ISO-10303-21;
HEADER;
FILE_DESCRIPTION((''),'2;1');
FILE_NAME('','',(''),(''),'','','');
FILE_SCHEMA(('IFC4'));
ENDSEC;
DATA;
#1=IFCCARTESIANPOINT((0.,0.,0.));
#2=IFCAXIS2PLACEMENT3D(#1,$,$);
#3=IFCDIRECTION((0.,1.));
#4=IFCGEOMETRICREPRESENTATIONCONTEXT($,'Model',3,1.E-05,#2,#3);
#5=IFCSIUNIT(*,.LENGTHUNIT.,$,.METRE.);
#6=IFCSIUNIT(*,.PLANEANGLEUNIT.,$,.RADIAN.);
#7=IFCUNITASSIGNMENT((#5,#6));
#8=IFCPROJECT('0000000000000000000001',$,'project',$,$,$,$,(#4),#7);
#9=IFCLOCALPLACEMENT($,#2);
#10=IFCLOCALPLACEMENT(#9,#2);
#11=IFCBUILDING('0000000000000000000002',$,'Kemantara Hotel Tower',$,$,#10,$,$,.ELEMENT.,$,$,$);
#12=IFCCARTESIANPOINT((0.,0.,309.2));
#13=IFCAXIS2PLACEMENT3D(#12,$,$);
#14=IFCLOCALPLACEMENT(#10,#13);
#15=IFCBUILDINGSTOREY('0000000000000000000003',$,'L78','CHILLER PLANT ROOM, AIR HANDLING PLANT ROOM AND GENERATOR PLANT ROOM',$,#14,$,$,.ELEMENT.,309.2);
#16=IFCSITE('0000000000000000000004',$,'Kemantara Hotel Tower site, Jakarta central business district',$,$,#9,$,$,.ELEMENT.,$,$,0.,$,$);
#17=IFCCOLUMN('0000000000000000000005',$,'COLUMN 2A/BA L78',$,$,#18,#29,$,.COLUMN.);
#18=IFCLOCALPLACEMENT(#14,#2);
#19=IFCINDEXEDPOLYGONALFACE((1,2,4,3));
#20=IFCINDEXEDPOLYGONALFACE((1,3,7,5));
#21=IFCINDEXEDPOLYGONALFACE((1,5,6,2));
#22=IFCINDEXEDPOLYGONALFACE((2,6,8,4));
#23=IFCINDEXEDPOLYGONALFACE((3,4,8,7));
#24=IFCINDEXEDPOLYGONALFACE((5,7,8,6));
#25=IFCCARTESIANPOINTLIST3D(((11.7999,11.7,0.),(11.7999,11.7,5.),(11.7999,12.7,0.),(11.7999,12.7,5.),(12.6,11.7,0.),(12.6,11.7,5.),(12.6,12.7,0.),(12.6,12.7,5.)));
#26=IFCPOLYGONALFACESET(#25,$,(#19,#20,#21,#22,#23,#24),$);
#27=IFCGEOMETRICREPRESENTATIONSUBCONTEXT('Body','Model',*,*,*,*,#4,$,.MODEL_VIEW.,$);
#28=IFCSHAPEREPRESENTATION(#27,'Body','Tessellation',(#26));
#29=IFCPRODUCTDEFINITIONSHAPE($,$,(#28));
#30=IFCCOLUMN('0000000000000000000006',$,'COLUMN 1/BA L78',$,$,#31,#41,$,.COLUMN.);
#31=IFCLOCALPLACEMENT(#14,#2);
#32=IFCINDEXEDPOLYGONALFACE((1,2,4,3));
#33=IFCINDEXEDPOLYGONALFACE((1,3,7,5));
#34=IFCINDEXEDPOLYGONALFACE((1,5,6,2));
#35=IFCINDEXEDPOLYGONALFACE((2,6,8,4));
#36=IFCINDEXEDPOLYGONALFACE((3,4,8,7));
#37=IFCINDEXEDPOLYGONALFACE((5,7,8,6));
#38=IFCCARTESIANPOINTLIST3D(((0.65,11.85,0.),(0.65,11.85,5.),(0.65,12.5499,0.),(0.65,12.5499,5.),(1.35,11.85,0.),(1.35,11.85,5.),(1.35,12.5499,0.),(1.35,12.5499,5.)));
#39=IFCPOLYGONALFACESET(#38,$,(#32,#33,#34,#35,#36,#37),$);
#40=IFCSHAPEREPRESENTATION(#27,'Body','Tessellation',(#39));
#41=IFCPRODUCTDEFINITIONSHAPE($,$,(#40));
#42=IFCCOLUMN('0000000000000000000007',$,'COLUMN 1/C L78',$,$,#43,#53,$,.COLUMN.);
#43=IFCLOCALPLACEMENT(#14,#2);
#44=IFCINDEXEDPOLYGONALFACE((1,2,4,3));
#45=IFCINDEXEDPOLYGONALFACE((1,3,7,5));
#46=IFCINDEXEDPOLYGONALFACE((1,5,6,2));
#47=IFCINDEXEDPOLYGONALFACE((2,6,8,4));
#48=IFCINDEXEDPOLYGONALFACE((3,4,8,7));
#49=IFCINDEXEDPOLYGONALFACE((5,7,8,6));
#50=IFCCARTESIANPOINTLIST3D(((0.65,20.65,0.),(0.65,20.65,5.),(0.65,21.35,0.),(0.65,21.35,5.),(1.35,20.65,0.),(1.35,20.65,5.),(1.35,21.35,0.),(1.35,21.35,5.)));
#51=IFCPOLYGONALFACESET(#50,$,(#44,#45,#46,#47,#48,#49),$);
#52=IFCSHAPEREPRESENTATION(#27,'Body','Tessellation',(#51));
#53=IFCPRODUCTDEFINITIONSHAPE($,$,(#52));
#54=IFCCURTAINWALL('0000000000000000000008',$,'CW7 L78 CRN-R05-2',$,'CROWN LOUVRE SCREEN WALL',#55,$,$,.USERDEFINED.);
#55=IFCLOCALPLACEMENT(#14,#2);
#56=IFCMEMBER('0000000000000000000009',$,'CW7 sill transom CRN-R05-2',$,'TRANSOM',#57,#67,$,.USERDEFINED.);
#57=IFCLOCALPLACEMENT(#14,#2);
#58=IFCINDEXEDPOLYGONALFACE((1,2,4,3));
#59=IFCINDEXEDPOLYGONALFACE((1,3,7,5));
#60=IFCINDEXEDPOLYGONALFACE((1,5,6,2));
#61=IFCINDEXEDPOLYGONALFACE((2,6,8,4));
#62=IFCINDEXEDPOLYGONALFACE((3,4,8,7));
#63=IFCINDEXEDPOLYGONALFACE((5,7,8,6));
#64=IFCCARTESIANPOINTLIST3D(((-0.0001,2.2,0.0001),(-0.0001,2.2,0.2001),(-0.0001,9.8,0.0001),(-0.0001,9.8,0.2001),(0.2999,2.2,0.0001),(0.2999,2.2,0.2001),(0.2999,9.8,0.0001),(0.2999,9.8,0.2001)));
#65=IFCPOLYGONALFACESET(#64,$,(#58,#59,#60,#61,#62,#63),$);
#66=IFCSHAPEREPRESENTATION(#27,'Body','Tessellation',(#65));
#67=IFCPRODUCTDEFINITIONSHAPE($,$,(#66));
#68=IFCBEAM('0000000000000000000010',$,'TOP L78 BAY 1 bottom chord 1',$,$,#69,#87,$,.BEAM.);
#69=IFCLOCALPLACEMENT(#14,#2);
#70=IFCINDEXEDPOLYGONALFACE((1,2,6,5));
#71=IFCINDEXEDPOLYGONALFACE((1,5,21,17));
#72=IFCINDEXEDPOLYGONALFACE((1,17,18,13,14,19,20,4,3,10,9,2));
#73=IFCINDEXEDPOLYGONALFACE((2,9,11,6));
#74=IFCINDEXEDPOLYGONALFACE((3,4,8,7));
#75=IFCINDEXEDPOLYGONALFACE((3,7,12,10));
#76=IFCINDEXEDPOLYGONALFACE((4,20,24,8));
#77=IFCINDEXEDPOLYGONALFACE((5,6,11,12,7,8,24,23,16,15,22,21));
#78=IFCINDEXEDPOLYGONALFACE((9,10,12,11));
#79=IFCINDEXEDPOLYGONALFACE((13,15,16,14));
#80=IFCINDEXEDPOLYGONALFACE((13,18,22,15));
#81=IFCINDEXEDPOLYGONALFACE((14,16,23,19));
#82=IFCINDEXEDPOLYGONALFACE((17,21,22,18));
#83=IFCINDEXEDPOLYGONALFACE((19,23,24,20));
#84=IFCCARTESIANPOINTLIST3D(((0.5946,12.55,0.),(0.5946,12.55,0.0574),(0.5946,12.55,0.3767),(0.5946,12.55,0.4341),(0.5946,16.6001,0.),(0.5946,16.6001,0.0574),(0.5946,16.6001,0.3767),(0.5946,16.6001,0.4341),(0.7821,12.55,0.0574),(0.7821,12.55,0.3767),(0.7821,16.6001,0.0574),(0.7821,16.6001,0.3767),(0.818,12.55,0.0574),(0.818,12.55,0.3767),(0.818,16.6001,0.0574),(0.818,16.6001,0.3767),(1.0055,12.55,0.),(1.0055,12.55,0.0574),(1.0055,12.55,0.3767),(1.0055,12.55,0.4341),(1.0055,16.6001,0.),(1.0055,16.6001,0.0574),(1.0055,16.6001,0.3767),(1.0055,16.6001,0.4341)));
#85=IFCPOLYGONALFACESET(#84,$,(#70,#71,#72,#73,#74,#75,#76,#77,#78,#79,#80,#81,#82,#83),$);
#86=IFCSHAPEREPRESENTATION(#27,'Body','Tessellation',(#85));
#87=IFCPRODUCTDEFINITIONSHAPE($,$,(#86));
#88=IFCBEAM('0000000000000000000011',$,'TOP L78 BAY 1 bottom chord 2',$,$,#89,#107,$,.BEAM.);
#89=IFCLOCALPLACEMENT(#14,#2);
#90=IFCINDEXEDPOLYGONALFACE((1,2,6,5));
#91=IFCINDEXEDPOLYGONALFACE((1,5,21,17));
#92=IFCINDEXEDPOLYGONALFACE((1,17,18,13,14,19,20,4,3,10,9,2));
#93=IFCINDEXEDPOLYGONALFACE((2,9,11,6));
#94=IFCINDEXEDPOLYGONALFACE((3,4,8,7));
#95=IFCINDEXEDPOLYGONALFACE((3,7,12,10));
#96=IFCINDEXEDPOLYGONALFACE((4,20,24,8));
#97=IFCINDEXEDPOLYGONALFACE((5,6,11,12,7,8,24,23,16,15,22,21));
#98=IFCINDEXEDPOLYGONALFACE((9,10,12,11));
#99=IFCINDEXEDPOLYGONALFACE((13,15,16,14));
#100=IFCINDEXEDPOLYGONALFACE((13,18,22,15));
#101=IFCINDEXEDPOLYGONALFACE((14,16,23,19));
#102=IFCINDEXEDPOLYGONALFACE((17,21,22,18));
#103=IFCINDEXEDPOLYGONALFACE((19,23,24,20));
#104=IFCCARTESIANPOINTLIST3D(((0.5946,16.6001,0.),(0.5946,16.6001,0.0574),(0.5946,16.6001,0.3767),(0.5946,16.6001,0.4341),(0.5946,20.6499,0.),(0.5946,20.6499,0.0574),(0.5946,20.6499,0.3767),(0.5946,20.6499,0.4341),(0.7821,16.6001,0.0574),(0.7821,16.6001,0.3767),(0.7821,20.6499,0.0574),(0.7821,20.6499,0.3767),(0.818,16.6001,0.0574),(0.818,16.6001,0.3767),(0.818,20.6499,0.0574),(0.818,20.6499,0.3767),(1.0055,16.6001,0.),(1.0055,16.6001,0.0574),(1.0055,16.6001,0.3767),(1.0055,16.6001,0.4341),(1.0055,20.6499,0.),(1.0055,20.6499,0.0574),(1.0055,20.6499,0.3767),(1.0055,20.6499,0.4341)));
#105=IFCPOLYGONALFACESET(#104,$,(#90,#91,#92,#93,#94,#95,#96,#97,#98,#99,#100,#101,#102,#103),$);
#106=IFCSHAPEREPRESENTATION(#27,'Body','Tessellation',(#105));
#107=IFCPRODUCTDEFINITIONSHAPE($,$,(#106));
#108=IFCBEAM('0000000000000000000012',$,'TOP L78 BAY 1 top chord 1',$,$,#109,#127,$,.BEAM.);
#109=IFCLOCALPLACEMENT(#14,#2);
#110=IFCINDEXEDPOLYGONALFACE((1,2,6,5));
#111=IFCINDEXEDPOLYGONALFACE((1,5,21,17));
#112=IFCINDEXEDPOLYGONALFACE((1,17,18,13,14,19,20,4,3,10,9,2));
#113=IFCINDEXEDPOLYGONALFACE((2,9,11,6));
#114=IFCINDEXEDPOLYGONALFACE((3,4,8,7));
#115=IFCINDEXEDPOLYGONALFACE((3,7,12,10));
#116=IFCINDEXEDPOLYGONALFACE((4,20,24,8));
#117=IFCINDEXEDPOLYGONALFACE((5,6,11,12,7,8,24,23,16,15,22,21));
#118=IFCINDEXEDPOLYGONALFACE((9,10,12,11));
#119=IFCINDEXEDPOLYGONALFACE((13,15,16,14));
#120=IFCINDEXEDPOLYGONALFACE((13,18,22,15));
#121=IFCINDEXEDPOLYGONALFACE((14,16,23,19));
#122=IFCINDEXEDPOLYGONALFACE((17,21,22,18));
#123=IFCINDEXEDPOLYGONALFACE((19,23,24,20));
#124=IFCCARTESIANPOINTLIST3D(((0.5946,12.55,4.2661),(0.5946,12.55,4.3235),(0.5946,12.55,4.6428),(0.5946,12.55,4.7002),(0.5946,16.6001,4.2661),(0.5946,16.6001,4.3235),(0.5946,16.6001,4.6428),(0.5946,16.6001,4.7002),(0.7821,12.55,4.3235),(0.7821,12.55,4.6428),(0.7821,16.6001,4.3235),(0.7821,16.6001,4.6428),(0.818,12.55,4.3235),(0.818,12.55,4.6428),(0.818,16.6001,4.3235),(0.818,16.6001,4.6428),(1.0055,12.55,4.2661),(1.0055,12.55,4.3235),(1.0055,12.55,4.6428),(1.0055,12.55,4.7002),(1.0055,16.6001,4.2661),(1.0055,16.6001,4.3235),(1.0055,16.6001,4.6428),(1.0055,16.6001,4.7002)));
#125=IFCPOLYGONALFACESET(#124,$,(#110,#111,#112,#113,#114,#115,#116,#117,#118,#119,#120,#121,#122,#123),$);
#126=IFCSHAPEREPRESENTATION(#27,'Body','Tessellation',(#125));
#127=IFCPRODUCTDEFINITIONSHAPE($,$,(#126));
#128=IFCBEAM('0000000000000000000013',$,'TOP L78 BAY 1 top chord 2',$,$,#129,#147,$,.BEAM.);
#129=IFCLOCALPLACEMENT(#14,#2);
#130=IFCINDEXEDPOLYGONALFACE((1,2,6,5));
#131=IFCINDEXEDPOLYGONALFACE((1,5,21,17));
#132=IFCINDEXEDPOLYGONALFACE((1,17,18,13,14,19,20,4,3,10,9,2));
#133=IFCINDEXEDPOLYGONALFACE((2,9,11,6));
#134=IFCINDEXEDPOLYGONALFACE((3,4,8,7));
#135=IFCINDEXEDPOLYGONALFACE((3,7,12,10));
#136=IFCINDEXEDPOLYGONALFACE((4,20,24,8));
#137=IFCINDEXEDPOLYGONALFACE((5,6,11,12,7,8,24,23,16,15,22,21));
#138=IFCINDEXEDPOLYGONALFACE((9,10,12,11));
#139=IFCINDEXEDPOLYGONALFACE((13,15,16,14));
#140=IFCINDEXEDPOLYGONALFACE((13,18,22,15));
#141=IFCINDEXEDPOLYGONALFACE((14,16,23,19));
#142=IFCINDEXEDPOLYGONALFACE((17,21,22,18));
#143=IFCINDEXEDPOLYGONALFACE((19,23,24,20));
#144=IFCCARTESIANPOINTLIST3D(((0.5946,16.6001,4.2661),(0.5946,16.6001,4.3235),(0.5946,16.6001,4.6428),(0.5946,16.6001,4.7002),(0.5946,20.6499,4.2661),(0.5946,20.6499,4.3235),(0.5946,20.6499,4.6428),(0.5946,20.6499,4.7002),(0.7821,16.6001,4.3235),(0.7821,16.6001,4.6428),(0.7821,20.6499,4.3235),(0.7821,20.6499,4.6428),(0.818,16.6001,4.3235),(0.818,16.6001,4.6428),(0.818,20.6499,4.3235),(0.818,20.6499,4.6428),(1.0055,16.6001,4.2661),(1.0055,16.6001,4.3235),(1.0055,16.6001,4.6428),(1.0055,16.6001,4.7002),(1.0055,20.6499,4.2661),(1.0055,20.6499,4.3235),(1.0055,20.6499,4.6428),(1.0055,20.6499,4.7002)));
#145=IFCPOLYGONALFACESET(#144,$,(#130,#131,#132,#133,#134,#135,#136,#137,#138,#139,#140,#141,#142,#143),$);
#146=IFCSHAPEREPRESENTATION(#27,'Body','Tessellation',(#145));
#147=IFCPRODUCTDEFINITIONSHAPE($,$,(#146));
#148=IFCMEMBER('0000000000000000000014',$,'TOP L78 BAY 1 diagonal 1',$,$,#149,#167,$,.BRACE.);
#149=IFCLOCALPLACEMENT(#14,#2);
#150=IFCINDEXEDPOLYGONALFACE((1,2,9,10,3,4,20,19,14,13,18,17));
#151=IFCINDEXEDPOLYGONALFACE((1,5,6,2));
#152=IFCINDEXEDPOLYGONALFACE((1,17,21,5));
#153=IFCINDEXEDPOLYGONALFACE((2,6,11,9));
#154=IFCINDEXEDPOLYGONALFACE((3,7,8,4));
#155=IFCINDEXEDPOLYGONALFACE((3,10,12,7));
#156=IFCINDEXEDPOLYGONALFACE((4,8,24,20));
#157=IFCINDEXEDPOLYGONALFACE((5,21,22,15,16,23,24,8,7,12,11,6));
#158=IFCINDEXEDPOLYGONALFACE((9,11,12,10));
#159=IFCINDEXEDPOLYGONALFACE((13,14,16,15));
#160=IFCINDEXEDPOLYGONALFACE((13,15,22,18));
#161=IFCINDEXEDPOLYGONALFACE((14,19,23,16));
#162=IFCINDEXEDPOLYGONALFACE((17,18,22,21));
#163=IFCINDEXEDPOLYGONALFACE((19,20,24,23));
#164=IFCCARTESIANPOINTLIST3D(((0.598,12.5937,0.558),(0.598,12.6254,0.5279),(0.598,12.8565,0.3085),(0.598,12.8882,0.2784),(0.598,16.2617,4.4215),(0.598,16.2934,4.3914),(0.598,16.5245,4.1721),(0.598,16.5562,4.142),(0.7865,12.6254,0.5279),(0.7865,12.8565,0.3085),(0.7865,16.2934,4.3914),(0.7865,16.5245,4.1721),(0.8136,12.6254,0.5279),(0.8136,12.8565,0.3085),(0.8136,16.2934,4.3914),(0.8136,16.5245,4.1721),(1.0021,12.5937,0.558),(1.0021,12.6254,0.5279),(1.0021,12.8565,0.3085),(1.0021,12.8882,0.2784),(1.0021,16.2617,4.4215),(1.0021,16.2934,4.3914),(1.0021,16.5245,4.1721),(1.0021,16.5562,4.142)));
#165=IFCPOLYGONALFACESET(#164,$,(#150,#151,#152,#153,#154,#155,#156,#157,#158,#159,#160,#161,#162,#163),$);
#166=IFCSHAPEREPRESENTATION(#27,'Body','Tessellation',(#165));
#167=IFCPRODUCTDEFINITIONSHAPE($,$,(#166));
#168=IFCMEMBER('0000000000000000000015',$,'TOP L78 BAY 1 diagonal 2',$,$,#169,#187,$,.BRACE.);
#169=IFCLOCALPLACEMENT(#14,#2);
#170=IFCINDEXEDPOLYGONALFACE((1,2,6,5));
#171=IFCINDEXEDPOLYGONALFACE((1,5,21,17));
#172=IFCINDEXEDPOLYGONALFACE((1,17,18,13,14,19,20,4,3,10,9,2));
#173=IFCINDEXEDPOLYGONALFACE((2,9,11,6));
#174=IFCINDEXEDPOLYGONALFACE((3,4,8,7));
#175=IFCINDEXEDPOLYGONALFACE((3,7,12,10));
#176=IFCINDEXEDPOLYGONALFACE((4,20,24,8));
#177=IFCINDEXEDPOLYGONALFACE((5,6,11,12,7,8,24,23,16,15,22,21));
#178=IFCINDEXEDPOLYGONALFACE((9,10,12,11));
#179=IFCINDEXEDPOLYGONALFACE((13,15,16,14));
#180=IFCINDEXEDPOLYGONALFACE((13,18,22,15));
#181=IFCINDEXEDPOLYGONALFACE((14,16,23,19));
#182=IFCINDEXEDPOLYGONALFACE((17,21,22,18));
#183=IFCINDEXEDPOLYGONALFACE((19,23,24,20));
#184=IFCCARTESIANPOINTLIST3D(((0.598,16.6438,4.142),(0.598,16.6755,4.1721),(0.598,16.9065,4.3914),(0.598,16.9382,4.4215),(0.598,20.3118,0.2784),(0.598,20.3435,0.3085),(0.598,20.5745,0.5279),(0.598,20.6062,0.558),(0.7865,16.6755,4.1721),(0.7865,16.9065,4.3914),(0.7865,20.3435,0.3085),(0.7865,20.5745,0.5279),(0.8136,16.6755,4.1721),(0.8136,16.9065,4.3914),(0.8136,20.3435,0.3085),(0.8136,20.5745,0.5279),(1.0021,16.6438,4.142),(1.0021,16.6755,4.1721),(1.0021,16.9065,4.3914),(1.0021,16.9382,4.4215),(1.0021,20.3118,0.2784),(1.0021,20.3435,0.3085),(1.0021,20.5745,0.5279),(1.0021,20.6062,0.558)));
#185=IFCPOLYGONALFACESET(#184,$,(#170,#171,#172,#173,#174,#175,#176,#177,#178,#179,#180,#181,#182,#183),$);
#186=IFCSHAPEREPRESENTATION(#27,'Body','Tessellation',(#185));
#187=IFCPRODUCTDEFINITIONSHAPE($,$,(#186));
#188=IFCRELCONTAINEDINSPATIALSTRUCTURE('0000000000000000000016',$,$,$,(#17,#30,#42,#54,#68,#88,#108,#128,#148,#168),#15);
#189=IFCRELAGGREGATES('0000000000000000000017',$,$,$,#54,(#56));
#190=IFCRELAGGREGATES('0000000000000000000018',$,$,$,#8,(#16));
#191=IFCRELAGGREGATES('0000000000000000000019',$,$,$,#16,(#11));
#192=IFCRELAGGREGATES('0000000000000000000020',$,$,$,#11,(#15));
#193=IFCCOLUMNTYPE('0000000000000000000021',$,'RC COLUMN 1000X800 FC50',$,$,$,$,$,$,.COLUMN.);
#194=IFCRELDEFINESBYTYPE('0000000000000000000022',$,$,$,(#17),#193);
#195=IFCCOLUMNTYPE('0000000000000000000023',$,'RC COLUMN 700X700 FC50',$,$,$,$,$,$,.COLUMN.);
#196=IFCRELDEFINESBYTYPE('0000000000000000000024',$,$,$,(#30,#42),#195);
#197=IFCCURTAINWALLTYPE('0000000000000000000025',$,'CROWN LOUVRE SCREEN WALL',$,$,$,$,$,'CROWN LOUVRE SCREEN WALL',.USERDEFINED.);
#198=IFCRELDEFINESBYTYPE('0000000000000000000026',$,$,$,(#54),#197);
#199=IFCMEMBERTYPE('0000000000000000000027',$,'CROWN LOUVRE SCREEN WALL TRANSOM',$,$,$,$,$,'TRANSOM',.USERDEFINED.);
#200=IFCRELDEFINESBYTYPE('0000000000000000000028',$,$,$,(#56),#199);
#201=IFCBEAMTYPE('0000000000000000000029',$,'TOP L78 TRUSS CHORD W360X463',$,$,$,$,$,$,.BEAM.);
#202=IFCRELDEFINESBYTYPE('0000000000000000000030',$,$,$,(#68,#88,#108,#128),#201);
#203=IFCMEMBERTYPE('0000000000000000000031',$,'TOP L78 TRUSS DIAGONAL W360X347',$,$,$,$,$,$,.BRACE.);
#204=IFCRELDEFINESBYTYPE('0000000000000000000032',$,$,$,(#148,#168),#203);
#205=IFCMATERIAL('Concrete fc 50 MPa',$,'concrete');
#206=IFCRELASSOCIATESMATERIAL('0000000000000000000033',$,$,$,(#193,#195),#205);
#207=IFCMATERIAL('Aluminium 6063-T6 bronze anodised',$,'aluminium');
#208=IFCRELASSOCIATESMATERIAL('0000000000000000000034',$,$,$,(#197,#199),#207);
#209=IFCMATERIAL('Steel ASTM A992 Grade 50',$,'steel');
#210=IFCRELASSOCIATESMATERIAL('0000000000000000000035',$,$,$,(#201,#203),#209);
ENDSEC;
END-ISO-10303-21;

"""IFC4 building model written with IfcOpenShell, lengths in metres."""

from ifc_helpers import new_model, si_unit, direction, frame, origin, origin_2d, place, context, subcontext, project, spatial, rectangle, i_section, extrude, material, material_profile, profile_set, type_object, element, aggregate, save


model = new_model("IFC4")

# Units and contexts
model_context = context("Model", 3, precision=1e-05, world=origin(), true_north=direction((0.0, 1.0)))
body_context = subcontext(model_context, "Body", "Model", "MODEL_VIEW")
ifc_project = project(units=[si_unit("LENGTHUNIT", "METRE"), si_unit("PLANEANGLEUNIT", "RADIAN")], contexts=[model_context])

# Site, building, storey
site_placement = place(None, origin())
site = spatial("IfcSite", under=ifc_project, at=site_placement, Name="Kemantara Hotel Tower site, Jakarta central business district", CompositionType="ELEMENT", RefElevation=0.0)
building_placement = place(site_placement, origin())
building = spatial("IfcBuilding", under=site, at=building_placement, Name="Kemantara Hotel Tower", CompositionType="ELEMENT")
storey_placement = place(building_placement, frame((0.0, 0.0, 309.2)))
storey = spatial("IfcBuildingStorey", under=building, at=storey_placement, Name="L78", Description="CHILLER PLANT ROOM, AIR HANDLING PLANT ROOM AND GENERATOR PLANT ROOM", CompositionType="ELEMENT", Elevation=309.2)

# Columns
ifc_material_1 = material(Name="Concrete fc 50 MPa", Category="concrete")
ifc_material_profile_1 = material_profile(ifc_material_1, rectangle(XDim=1.0, YDim=0.8, at=origin_2d()), Name="RC 1000X800")
ifc_profile_set_1 = profile_set([ifc_material_profile_1], Name="Concrete fc 50 MPa")
column_type_1 = type_object("IfcColumnType", Name="RC COLUMN 1000X800 FC50", PredefinedType="COLUMN", material=ifc_profile_set_1)
column_placement = place(storey_placement, frame((12.2, 12.2, 0.0), z_axis=(0.0, 0.0, 1.0), x_axis=(0.0, 1.0, 0.0)))
element("IfcColumn", 1, at=column_placement, inside=storey, type_object=column_type_1, Name="COLUMN 2A/BA L78", PredefinedType="COLUMN", context=body_context, shape_type="SweptSolid", body=[
    extrude(rectangle(XDim=1.0, YDim=0.8, at=origin_2d()), origin(), (0.0, 0.0, 1.0), 5.0),
])
ifc_material_profile_2 = material_profile(ifc_material_1, rectangle(XDim=0.7, YDim=0.7, at=origin_2d()), Name="RC 700X700")
ifc_profile_set_2 = profile_set([ifc_material_profile_2], Name="Concrete fc 50 MPa")
column_type_2 = type_object("IfcColumnType", Name="RC COLUMN 700X700 FC50", PredefinedType="COLUMN", material=ifc_profile_set_2)
for number, where, z_axis, x_axis, name in (
    (2, (1.0, 12.2, 0.0), (0.0, 0.0, 1.0), (1.0, 0.0, 0.0), "COLUMN 1/BA L78"),
    (3, (1.0, 21.0, 0.0), (0.0, 0.0, 1.0), (1.0, 0.0, 0.0), "COLUMN 1/C L78"),
):
    element("IfcColumn", number, at=place(storey_placement, frame(where, z_axis=z_axis, x_axis=x_axis)), inside=storey, type_object=column_type_2, Name=name, PredefinedType="COLUMN", context=body_context, shape_type="SweptSolid", body=[
        extrude(rectangle(XDim=0.7, YDim=0.7, at=origin_2d()), origin(), (0.0, 0.0, 1.0), 5.0),
    ])

# Curtain wall, member
ifc_material_2 = material(Name="Aluminium 6063-T6 bronze anodised", Category="aluminium")
curtain_wall_type = type_object("IfcCurtainWallType", Name="CROWN LOUVRE SCREEN WALL", ElementType="CROWN LOUVRE SCREEN WALL", PredefinedType="USERDEFINED", material=ifc_material_2)
curtain_wall_placement = place(storey_placement, origin())
curtain_wall = element("IfcCurtainWall", 4, at=curtain_wall_placement, inside=storey, type_object=curtain_wall_type, Name="CW7 L78 CRN-R05-2", ObjectType="CROWN LOUVRE SCREEN WALL", PredefinedType="USERDEFINED")
ifc_material_profile_3 = material_profile(ifc_material_2, rectangle(XDim=0.3, YDim=0.2, at=origin_2d()), Name="CROWN LOUVRE SCREEN WALL TRANSOM")
ifc_profile_set_3 = profile_set([ifc_material_profile_3], Name="Aluminium 6063-T6 bronze anodised")
member_type_1 = type_object("IfcMemberType", Name="CROWN LOUVRE SCREEN WALL TRANSOM", ElementType="TRANSOM", PredefinedType="USERDEFINED", material=ifc_profile_set_3)
member_1_placement = place(storey_placement, frame((0.1499, 9.8, 0.1001), z_axis=(0.0, -1.0, 0.0), x_axis=(1.0, 0.0, 0.0)))
member_1 = element("IfcMember", 5, at=member_1_placement, type_object=member_type_1, Name="CW7 sill transom CRN-R05-2", ObjectType="TRANSOM", PredefinedType="USERDEFINED", context=body_context, shape_type="SweptSolid", body=[
    extrude(rectangle(XDim=0.3, YDim=0.2, at=origin_2d()), origin(), (0.0, 0.0, 1.0), 7.6001),
])

# Beams
ifc_material_3 = material(Name="Steel ASTM A992 Grade 50", Category="steel")
ifc_material_profile_4 = material_profile(ifc_material_3, i_section(OverallWidth=0.4109, OverallDepth=0.4341, WebThickness=0.0359, FlangeThickness=0.0574, at=origin_2d()), Name="W360X463")
ifc_profile_set_4 = profile_set([ifc_material_profile_4], Name="Steel ASTM A992 Grade 50")
beam_type = type_object("IfcBeamType", Name="TOP L78 TRUSS CHORD W360X463", PredefinedType="BEAM", material=ifc_profile_set_4)
beam_1_placement = place(storey_placement, frame((0.8, 12.55, 0.217), z_axis=(0.0, 1.0, 0.0), x_axis=(-1.0, 0.0, 0.0)))
element("IfcBeam", 6, at=beam_1_placement, inside=storey, type_object=beam_type, Name="TOP L78 BAY 1 bottom chord 1", PredefinedType="BEAM", context=body_context, shape_type="SweptSolid", body=[
    extrude(i_section(OverallWidth=0.4109, OverallDepth=0.4341, WebThickness=0.0359, FlangeThickness=0.0574, at=origin_2d()), origin(), (0.0, 0.0, 1.0), 4.05),
])
beam_2_placement = place(storey_placement, frame((0.8, 16.6001, 0.217), z_axis=(0.0, 1.0, 0.0), x_axis=(-1.0, 0.0, 0.0)))
element("IfcBeam", 7, at=beam_2_placement, inside=storey, type_object=beam_type, Name="TOP L78 BAY 1 bottom chord 2", PredefinedType="BEAM", context=body_context, shape_type="SweptSolid", body=[
    extrude(i_section(OverallWidth=0.4109, OverallDepth=0.4341, WebThickness=0.0359, FlangeThickness=0.0574, at=origin_2d()), origin(), (0.0, 0.0, 1.0), 4.0498),
])
beam_3_placement = place(storey_placement, frame((0.8, 12.55, 4.4832), z_axis=(0.0, 1.0, 0.0), x_axis=(-1.0, 0.0, 0.0)))
element("IfcBeam", 8, at=beam_3_placement, inside=storey, type_object=beam_type, Name="TOP L78 BAY 1 top chord 1", PredefinedType="BEAM", context=body_context, shape_type="SweptSolid", body=[
    extrude(i_section(OverallWidth=0.4109, OverallDepth=0.4341, WebThickness=0.0359, FlangeThickness=0.0574, at=origin_2d()), origin(), (0.0, 0.0, 1.0), 4.05),
])
beam_4_placement = place(storey_placement, frame((0.8, 16.6001, 4.4832), z_axis=(0.0, 1.0, 0.0), x_axis=(-1.0, 0.0, 0.0)))
element("IfcBeam", 9, at=beam_4_placement, inside=storey, type_object=beam_type, Name="TOP L78 BAY 1 top chord 2", PredefinedType="BEAM", context=body_context, shape_type="SweptSolid", body=[
    extrude(i_section(OverallWidth=0.4109, OverallDepth=0.4341, WebThickness=0.0359, FlangeThickness=0.0574, at=origin_2d()), origin(), (0.0, 0.0, 1.0), 4.0498),
])

# Members
ifc_material_profile_5 = material_profile(ifc_material_3, i_section(OverallWidth=0.4041, OverallDepth=0.406, WebThickness=0.0271, FlangeThickness=0.0437, at=origin_2d()), Name="W360X347")
ifc_profile_set_5 = profile_set([ifc_material_profile_5], Name="Steel ASTM A992 Grade 50")
member_type_2 = type_object("IfcMemberType", Name="TOP L78 TRUSS DIAGONAL W360X347", PredefinedType="BRACE", material=ifc_profile_set_5)
for number, where, z_axis, x_axis, name in (
    (10, (0.8, 12.741, 0.4182), (0.0, 0.688515, 0.725223), (-1.0, 0.0, 0.0), "TOP L78 BAY 1 diagonal 1"),
    (11, (0.8, 20.459, 0.4182), (0.0, -0.688515, 0.725223), (1.0, 0.0, 0.0), "TOP L78 BAY 1 diagonal 2"),
):
    element("IfcMember", number, at=place(storey_placement, frame(where, z_axis=z_axis, x_axis=x_axis)), inside=storey, type_object=member_type_2, Name=name, PredefinedType="BRACE", context=body_context, shape_type="SweptSolid", body=[
        extrude(i_section(OverallWidth=0.4041, OverallDepth=0.406, WebThickness=0.0271, FlangeThickness=0.0437, at=origin_2d()), origin(), (0.0, 0.0, 1.0), 5.3274),
    ])

aggregate(curtain_wall, [member_1])

save(model, "model.ifc")
